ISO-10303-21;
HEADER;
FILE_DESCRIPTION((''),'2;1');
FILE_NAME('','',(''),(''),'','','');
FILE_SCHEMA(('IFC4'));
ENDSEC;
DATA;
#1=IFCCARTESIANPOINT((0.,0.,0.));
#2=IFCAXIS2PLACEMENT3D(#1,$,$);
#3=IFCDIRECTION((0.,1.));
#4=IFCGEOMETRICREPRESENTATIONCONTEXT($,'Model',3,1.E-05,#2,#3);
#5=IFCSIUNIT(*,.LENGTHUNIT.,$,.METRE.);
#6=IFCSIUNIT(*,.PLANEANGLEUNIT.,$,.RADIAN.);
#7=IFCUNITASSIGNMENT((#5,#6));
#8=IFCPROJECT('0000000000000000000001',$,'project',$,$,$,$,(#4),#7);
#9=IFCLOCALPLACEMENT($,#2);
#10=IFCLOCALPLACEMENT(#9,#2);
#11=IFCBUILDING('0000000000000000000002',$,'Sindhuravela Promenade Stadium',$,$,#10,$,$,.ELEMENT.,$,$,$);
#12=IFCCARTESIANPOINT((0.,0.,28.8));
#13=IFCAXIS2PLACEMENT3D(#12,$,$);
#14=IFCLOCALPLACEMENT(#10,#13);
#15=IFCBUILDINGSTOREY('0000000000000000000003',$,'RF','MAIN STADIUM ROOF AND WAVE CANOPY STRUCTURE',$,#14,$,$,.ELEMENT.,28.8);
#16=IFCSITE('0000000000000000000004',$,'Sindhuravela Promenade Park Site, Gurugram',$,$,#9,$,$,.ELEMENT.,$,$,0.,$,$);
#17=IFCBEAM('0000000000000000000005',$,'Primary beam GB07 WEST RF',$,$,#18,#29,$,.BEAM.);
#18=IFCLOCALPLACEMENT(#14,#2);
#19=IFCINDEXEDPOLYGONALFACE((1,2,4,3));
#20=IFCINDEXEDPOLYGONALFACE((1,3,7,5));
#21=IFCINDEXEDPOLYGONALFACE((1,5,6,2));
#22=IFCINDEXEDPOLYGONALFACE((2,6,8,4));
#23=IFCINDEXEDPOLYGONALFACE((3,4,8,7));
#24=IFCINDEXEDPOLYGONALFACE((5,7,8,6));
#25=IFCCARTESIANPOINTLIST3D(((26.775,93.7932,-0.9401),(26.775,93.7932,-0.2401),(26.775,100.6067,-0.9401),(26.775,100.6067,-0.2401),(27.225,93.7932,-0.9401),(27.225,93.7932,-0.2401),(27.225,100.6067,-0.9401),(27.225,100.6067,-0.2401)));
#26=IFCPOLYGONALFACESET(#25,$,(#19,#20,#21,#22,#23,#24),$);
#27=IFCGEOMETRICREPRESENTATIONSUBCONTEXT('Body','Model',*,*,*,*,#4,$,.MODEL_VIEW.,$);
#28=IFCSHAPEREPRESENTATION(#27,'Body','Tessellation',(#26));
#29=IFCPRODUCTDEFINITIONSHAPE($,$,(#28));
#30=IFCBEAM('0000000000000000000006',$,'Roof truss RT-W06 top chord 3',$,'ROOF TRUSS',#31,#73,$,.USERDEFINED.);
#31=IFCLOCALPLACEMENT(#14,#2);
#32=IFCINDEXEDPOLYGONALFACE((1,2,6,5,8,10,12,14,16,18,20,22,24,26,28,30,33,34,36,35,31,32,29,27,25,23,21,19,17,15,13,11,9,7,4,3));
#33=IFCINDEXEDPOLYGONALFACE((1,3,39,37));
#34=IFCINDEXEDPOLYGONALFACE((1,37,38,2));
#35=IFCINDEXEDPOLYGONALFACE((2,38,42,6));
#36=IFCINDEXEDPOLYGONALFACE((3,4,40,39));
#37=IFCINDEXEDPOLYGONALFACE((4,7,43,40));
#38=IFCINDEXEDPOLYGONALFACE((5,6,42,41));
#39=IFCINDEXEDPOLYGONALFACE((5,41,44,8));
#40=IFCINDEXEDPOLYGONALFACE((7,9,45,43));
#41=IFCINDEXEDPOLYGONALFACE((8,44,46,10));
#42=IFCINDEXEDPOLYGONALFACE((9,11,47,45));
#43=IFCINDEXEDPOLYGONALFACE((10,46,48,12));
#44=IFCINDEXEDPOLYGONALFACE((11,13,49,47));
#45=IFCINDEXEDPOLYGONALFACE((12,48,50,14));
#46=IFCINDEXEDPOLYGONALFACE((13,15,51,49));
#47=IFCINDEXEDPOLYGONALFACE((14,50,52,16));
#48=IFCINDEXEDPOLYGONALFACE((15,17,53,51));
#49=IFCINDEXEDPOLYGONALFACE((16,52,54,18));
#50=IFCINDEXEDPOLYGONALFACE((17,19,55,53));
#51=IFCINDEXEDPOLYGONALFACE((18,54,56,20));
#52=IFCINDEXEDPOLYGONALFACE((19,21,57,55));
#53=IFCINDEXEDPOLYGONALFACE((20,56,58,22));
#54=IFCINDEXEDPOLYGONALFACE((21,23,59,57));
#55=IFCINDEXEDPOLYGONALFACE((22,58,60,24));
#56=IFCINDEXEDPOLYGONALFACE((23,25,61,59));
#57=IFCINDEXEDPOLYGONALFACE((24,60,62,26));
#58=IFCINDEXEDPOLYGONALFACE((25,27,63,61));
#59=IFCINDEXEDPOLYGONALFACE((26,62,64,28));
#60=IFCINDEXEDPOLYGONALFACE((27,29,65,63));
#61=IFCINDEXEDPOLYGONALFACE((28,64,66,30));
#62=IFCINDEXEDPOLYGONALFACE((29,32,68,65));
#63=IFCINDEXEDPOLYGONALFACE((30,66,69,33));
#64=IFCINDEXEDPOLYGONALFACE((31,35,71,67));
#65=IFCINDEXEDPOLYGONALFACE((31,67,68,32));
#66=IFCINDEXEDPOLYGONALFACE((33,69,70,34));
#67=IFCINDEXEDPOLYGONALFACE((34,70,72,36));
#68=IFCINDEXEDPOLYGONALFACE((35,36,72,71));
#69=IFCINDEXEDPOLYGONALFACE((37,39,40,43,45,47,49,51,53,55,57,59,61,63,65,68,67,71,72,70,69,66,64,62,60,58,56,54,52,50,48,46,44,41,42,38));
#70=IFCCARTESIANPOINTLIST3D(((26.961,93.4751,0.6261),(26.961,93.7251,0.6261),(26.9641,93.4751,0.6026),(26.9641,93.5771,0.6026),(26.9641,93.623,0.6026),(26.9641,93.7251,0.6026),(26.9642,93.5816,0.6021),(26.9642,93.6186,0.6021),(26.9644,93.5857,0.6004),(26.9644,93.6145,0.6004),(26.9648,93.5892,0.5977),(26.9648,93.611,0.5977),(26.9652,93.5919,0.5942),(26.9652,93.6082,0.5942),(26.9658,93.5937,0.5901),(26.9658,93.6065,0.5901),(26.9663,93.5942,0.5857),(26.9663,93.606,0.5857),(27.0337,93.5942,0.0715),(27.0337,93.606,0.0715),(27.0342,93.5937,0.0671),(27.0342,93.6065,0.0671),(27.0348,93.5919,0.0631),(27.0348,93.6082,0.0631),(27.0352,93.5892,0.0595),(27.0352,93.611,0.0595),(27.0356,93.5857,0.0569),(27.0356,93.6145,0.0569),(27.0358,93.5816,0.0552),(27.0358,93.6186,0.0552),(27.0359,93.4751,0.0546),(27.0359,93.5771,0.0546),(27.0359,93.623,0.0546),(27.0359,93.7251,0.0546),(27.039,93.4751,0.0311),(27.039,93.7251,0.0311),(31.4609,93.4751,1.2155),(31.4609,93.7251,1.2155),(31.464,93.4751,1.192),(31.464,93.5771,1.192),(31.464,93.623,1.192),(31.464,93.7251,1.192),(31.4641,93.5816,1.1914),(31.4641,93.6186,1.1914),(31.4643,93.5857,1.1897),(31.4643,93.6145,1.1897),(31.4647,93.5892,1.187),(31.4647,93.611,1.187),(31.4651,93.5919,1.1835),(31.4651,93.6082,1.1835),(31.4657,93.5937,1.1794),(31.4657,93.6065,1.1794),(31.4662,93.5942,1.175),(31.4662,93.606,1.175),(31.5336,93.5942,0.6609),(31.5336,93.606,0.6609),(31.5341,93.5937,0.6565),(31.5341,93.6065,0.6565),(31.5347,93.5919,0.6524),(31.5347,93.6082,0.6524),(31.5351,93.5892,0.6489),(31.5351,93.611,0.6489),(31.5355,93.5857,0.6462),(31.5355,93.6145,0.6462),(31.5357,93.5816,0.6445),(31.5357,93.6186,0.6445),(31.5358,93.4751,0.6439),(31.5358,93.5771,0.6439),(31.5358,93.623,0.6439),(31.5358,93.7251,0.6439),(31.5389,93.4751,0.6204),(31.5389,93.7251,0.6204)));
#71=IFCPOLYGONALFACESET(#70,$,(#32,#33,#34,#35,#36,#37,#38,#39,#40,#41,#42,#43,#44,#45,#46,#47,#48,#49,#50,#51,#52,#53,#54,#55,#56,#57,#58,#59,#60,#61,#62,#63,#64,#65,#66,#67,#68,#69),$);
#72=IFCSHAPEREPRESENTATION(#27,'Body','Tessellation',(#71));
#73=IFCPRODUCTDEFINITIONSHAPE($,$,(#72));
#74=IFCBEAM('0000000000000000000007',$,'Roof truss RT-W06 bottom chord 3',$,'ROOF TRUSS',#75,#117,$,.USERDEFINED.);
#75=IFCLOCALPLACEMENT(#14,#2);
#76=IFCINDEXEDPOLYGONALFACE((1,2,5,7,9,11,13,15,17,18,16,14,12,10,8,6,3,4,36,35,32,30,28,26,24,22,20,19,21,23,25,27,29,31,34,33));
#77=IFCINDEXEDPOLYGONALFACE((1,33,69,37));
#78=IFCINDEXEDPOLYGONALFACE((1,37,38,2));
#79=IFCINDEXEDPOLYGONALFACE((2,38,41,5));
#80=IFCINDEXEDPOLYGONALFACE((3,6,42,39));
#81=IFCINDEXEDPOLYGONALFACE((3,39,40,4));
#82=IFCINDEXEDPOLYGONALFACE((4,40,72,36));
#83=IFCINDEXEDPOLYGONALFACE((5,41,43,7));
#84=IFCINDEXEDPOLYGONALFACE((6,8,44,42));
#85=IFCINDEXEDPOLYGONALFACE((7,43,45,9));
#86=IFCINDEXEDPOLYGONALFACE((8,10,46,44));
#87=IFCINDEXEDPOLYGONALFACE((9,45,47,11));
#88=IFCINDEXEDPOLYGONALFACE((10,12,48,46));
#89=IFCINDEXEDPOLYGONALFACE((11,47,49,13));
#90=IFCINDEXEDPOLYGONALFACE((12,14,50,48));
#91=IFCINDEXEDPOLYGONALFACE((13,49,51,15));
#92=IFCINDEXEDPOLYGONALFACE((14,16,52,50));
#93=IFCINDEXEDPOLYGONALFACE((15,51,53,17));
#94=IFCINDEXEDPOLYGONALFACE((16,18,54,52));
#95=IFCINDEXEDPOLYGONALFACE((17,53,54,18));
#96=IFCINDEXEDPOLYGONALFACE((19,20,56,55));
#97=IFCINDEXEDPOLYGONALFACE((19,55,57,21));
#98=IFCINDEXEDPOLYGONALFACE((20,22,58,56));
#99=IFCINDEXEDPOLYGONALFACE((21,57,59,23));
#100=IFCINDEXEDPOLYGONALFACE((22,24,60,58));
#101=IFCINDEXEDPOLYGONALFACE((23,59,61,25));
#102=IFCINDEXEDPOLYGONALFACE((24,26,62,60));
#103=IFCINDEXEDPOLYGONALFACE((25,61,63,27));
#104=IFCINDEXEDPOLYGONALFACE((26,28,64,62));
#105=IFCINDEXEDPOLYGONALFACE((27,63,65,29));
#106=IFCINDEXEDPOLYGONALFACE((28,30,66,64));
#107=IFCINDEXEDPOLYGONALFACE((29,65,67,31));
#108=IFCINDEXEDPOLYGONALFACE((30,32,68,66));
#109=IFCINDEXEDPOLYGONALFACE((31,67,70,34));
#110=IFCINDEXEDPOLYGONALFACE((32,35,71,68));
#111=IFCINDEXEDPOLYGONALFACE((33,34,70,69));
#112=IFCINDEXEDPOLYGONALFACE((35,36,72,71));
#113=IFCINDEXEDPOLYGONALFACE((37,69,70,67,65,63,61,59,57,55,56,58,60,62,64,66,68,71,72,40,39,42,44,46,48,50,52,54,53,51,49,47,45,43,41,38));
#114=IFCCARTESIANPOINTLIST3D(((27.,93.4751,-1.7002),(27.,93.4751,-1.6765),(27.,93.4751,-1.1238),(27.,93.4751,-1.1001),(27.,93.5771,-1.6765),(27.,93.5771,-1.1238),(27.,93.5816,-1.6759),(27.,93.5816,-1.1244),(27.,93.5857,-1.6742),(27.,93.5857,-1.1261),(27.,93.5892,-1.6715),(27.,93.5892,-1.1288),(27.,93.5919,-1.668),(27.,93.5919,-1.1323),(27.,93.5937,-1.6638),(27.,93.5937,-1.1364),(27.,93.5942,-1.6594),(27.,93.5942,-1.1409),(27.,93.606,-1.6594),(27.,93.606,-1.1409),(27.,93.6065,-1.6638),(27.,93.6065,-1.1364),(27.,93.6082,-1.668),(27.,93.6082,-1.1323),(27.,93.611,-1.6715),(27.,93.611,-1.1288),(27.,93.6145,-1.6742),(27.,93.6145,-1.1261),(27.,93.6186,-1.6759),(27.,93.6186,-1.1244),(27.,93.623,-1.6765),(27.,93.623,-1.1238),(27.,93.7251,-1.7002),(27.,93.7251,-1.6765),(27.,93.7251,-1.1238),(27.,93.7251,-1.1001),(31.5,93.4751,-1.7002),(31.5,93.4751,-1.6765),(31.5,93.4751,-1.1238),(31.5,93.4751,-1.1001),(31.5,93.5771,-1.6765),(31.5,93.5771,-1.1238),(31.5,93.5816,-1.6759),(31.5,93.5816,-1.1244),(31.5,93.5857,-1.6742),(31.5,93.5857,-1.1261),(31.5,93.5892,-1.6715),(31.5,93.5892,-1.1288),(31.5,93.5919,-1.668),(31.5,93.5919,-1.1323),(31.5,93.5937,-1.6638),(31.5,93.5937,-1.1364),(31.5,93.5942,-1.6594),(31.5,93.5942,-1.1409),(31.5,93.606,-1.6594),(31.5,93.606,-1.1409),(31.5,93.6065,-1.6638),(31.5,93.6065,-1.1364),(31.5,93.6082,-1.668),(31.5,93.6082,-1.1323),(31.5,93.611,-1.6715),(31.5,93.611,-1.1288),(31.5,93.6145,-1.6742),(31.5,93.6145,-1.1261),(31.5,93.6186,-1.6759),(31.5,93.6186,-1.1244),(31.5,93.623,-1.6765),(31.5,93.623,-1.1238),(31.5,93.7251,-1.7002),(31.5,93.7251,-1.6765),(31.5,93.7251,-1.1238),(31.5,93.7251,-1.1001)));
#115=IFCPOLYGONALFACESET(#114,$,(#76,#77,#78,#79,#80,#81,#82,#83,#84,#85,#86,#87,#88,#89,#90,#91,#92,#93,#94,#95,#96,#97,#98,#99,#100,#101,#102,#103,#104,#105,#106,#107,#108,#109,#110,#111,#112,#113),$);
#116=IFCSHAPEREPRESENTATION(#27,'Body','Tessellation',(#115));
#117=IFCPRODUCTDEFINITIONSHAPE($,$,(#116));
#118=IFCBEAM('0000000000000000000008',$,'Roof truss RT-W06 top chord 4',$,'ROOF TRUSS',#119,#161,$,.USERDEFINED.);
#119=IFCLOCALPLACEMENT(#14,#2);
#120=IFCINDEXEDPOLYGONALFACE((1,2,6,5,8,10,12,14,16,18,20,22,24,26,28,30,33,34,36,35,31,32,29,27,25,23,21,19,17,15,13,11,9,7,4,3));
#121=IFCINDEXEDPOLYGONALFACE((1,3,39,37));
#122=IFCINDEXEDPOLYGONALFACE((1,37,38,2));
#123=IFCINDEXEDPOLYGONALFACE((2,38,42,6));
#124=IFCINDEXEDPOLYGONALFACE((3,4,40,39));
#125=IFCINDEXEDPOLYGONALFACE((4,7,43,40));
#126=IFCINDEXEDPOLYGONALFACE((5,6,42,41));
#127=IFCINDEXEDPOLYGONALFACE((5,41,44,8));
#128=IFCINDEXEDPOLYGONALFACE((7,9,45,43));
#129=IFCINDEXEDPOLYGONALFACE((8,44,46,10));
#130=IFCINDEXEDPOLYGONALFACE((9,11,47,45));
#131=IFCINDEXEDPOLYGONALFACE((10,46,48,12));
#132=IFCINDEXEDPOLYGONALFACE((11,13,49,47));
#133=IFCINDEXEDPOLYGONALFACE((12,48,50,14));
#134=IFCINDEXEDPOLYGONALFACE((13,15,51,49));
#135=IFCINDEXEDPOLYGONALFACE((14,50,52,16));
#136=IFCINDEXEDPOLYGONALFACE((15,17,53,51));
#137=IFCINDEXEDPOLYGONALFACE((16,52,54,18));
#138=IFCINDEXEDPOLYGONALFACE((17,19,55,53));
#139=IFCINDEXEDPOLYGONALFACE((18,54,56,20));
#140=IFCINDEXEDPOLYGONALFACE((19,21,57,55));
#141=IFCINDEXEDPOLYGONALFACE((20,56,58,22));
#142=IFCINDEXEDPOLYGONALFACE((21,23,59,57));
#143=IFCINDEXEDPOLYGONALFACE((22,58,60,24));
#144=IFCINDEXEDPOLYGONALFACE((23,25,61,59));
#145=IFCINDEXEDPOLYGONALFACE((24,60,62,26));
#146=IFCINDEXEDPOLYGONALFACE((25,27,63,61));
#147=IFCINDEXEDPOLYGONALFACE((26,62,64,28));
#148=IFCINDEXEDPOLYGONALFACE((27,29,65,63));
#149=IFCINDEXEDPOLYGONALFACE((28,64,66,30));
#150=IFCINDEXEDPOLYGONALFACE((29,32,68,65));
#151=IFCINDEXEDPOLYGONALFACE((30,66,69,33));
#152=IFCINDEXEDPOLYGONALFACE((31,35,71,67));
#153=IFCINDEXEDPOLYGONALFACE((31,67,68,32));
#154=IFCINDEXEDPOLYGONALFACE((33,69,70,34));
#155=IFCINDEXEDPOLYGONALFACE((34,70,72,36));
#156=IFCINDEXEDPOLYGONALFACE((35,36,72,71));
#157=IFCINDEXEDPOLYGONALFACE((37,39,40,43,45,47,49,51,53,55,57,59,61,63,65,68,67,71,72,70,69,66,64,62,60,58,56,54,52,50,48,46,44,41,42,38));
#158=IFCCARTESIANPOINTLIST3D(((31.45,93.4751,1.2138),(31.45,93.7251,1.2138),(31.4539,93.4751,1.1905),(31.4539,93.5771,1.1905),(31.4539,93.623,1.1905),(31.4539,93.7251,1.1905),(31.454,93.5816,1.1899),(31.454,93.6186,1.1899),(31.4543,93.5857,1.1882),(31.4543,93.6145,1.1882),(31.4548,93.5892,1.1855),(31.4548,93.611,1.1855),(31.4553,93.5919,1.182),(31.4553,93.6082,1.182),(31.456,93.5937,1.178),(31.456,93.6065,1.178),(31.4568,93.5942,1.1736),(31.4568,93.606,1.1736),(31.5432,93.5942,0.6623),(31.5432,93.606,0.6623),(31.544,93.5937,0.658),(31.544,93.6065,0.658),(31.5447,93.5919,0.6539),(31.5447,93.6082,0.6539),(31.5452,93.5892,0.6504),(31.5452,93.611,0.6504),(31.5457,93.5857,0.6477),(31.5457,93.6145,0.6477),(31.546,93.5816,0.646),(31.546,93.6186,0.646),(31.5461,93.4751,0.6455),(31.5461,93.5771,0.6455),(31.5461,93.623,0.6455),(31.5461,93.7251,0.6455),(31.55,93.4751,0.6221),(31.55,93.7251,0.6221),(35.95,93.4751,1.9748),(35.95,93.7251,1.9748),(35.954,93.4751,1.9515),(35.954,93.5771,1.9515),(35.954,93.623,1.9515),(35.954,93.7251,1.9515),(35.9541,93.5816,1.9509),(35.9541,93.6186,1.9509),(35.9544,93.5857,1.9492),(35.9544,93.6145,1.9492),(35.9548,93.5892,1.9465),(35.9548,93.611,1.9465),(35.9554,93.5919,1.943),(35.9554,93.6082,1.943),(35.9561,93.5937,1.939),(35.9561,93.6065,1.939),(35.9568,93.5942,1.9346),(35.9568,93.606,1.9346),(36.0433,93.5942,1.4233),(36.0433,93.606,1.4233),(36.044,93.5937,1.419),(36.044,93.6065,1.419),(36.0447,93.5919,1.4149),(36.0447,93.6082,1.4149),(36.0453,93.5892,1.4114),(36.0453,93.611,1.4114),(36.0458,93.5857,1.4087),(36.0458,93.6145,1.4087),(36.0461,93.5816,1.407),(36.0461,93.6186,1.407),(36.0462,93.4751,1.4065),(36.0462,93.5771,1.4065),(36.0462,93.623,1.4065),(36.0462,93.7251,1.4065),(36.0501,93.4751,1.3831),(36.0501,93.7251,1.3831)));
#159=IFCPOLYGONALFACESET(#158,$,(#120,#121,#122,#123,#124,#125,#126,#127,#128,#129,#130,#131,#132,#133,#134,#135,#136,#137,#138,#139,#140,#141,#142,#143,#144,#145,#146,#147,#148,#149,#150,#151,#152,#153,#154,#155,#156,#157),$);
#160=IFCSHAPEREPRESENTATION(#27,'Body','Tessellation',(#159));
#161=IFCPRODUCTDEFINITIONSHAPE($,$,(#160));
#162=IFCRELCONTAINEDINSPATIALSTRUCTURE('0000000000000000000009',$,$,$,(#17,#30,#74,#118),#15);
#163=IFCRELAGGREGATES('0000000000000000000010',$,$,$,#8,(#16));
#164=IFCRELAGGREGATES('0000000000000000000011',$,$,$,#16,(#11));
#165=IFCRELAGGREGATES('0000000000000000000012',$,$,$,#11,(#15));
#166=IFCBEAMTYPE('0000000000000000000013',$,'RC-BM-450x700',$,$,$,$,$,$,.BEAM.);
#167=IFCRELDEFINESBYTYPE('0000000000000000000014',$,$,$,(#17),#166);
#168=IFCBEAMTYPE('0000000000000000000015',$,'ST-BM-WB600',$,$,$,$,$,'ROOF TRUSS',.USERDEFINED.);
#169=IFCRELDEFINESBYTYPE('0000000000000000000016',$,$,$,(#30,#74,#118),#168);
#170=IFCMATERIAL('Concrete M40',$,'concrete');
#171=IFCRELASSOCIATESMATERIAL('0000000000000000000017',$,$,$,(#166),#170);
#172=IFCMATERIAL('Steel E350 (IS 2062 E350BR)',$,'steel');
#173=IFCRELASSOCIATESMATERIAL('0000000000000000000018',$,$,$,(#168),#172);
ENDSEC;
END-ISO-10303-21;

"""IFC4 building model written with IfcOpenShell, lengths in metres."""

from ifc_helpers import new_model, si_unit, direction, frame, origin, origin_2d, place, context, subcontext, project, spatial, rectangle, i_section, extrude, material, material_profile, profile_set, type_object, element, save


model = new_model("IFC4")

# Units and contexts
model_context = context("Model", 3, precision=1e-05, world=origin(), true_north=direction((0.0, 1.0)))
body_context = subcontext(model_context, "Body", "Model", "MODEL_VIEW")
ifc_project = project(units=[si_unit("LENGTHUNIT", "METRE"), si_unit("PLANEANGLEUNIT", "RADIAN")], contexts=[model_context])

# Site, building, storey
site_placement = place(None, origin())
site = spatial("IfcSite", under=ifc_project, at=site_placement, Name="Sindhuravela Promenade Park Site, Gurugram", CompositionType="ELEMENT", RefElevation=0.0)
building_placement = place(site_placement, origin())
building = spatial("IfcBuilding", under=site, at=building_placement, Name="Sindhuravela Promenade Stadium", CompositionType="ELEMENT")
storey_placement = place(building_placement, frame((0.0, 0.0, 28.8)))
storey = spatial("IfcBuildingStorey", under=building, at=storey_placement, Name="RF", Description="MAIN STADIUM ROOF AND WAVE CANOPY STRUCTURE", CompositionType="ELEMENT", Elevation=28.8)

# Beams
ifc_material_1 = material(Name="Concrete M40", Category="concrete")
ifc_material_profile_1 = material_profile(ifc_material_1, rectangle(XDim=0.45, YDim=0.7, at=origin_2d()), Name="RC 450x700")
ifc_profile_set_1 = profile_set([ifc_material_profile_1], Name="Concrete M40")
beam_type_1 = type_object("IfcBeamType", Name="RC-BM-450x700", PredefinedType="BEAM", material=ifc_profile_set_1)
beam_1_placement = place(storey_placement, frame((27.0, 93.7932, -0.5901), z_axis=(0.0, 1.0, 0.0), x_axis=(-1.0, 0.0, 0.0)))
element("IfcBeam", 1, at=beam_1_placement, inside=storey, type_object=beam_type_1, Name="Primary beam GB07 WEST RF", PredefinedType="BEAM", context=body_context, shape_type="SweptSolid", body=[
    extrude(rectangle(XDim=0.45, YDim=0.7, at=origin_2d()), origin(), (0.0, 0.0, 1.0), 6.8135),
])
ifc_material_2 = material(Name="Steel E350 (IS 2062 E350BR)", Category="steel")
ifc_material_profile_2 = material_profile(ifc_material_2, i_section(OverallWidth=0.25, OverallDepth=0.6001, WebThickness=0.0117, FlangeThickness=0.0237, FilletRadius=0.0171, at=origin_2d()), Name="ISWB 600")
ifc_profile_set_2 = profile_set([ifc_material_profile_2], Name="Steel E350 (IS 2062 E350BR)")
beam_type_2 = type_object("IfcBeamType", Name="ST-BM-WB600", ElementType="ROOF TRUSS", PredefinedType="USERDEFINED", material=ifc_profile_set_2)
beam_2_placement = place(storey_placement, frame((27.0, 93.6001, 0.3286), z_axis=(0.991532, 0.0, 0.129859), x_axis=(0.0, 1.0, 0.0)))
element("IfcBeam", 2, at=beam_2_placement, inside=storey, type_object=beam_type_2, Name="Roof truss RT-W06 top chord 3", ObjectType="ROOF TRUSS", PredefinedType="USERDEFINED", context=body_context, shape_type="SweptSolid", body=[
    extrude(i_section(OverallWidth=0.25, OverallDepth=0.6001, WebThickness=0.0117, FlangeThickness=0.0237, FilletRadius=0.0171, at=origin_2d()), origin(), (0.0, 0.0, 1.0), 4.5383),
])
beam_3_placement = place(storey_placement, frame((27.0, 93.6001, -1.4001), z_axis=(1.0, 0.0, 0.0), x_axis=(0.0, 1.0, 0.0)))
element("IfcBeam", 3, at=beam_3_placement, inside=storey, type_object=beam_type_2, Name="Roof truss RT-W06 bottom chord 3", ObjectType="ROOF TRUSS", PredefinedType="USERDEFINED", context=body_context, shape_type="SweptSolid", body=[
    extrude(i_section(OverallWidth=0.25, OverallDepth=0.6001, WebThickness=0.0117, FlangeThickness=0.0237, FilletRadius=0.0171, at=origin_2d()), origin(), (0.0, 0.0, 1.0), 4.5),
])
beam_4_placement = place(storey_placement, frame((31.5, 93.6001, 0.918), z_axis=(0.986001, 0.0, 0.166741), x_axis=(0.0, 1.0, 0.0)))
element("IfcBeam", 4, at=beam_4_placement, inside=storey, type_object=beam_type_2, Name="Roof truss RT-W06 top chord 4", ObjectType="ROOF TRUSS", PredefinedType="USERDEFINED", context=body_context, shape_type="SweptSolid", body=[
    extrude(i_section(OverallWidth=0.25, OverallDepth=0.6001, WebThickness=0.0117, FlangeThickness=0.0237, FilletRadius=0.0171, at=origin_2d()), origin(), (0.0, 0.0, 1.0), 4.564),
])

save(model, "model.ifc")
